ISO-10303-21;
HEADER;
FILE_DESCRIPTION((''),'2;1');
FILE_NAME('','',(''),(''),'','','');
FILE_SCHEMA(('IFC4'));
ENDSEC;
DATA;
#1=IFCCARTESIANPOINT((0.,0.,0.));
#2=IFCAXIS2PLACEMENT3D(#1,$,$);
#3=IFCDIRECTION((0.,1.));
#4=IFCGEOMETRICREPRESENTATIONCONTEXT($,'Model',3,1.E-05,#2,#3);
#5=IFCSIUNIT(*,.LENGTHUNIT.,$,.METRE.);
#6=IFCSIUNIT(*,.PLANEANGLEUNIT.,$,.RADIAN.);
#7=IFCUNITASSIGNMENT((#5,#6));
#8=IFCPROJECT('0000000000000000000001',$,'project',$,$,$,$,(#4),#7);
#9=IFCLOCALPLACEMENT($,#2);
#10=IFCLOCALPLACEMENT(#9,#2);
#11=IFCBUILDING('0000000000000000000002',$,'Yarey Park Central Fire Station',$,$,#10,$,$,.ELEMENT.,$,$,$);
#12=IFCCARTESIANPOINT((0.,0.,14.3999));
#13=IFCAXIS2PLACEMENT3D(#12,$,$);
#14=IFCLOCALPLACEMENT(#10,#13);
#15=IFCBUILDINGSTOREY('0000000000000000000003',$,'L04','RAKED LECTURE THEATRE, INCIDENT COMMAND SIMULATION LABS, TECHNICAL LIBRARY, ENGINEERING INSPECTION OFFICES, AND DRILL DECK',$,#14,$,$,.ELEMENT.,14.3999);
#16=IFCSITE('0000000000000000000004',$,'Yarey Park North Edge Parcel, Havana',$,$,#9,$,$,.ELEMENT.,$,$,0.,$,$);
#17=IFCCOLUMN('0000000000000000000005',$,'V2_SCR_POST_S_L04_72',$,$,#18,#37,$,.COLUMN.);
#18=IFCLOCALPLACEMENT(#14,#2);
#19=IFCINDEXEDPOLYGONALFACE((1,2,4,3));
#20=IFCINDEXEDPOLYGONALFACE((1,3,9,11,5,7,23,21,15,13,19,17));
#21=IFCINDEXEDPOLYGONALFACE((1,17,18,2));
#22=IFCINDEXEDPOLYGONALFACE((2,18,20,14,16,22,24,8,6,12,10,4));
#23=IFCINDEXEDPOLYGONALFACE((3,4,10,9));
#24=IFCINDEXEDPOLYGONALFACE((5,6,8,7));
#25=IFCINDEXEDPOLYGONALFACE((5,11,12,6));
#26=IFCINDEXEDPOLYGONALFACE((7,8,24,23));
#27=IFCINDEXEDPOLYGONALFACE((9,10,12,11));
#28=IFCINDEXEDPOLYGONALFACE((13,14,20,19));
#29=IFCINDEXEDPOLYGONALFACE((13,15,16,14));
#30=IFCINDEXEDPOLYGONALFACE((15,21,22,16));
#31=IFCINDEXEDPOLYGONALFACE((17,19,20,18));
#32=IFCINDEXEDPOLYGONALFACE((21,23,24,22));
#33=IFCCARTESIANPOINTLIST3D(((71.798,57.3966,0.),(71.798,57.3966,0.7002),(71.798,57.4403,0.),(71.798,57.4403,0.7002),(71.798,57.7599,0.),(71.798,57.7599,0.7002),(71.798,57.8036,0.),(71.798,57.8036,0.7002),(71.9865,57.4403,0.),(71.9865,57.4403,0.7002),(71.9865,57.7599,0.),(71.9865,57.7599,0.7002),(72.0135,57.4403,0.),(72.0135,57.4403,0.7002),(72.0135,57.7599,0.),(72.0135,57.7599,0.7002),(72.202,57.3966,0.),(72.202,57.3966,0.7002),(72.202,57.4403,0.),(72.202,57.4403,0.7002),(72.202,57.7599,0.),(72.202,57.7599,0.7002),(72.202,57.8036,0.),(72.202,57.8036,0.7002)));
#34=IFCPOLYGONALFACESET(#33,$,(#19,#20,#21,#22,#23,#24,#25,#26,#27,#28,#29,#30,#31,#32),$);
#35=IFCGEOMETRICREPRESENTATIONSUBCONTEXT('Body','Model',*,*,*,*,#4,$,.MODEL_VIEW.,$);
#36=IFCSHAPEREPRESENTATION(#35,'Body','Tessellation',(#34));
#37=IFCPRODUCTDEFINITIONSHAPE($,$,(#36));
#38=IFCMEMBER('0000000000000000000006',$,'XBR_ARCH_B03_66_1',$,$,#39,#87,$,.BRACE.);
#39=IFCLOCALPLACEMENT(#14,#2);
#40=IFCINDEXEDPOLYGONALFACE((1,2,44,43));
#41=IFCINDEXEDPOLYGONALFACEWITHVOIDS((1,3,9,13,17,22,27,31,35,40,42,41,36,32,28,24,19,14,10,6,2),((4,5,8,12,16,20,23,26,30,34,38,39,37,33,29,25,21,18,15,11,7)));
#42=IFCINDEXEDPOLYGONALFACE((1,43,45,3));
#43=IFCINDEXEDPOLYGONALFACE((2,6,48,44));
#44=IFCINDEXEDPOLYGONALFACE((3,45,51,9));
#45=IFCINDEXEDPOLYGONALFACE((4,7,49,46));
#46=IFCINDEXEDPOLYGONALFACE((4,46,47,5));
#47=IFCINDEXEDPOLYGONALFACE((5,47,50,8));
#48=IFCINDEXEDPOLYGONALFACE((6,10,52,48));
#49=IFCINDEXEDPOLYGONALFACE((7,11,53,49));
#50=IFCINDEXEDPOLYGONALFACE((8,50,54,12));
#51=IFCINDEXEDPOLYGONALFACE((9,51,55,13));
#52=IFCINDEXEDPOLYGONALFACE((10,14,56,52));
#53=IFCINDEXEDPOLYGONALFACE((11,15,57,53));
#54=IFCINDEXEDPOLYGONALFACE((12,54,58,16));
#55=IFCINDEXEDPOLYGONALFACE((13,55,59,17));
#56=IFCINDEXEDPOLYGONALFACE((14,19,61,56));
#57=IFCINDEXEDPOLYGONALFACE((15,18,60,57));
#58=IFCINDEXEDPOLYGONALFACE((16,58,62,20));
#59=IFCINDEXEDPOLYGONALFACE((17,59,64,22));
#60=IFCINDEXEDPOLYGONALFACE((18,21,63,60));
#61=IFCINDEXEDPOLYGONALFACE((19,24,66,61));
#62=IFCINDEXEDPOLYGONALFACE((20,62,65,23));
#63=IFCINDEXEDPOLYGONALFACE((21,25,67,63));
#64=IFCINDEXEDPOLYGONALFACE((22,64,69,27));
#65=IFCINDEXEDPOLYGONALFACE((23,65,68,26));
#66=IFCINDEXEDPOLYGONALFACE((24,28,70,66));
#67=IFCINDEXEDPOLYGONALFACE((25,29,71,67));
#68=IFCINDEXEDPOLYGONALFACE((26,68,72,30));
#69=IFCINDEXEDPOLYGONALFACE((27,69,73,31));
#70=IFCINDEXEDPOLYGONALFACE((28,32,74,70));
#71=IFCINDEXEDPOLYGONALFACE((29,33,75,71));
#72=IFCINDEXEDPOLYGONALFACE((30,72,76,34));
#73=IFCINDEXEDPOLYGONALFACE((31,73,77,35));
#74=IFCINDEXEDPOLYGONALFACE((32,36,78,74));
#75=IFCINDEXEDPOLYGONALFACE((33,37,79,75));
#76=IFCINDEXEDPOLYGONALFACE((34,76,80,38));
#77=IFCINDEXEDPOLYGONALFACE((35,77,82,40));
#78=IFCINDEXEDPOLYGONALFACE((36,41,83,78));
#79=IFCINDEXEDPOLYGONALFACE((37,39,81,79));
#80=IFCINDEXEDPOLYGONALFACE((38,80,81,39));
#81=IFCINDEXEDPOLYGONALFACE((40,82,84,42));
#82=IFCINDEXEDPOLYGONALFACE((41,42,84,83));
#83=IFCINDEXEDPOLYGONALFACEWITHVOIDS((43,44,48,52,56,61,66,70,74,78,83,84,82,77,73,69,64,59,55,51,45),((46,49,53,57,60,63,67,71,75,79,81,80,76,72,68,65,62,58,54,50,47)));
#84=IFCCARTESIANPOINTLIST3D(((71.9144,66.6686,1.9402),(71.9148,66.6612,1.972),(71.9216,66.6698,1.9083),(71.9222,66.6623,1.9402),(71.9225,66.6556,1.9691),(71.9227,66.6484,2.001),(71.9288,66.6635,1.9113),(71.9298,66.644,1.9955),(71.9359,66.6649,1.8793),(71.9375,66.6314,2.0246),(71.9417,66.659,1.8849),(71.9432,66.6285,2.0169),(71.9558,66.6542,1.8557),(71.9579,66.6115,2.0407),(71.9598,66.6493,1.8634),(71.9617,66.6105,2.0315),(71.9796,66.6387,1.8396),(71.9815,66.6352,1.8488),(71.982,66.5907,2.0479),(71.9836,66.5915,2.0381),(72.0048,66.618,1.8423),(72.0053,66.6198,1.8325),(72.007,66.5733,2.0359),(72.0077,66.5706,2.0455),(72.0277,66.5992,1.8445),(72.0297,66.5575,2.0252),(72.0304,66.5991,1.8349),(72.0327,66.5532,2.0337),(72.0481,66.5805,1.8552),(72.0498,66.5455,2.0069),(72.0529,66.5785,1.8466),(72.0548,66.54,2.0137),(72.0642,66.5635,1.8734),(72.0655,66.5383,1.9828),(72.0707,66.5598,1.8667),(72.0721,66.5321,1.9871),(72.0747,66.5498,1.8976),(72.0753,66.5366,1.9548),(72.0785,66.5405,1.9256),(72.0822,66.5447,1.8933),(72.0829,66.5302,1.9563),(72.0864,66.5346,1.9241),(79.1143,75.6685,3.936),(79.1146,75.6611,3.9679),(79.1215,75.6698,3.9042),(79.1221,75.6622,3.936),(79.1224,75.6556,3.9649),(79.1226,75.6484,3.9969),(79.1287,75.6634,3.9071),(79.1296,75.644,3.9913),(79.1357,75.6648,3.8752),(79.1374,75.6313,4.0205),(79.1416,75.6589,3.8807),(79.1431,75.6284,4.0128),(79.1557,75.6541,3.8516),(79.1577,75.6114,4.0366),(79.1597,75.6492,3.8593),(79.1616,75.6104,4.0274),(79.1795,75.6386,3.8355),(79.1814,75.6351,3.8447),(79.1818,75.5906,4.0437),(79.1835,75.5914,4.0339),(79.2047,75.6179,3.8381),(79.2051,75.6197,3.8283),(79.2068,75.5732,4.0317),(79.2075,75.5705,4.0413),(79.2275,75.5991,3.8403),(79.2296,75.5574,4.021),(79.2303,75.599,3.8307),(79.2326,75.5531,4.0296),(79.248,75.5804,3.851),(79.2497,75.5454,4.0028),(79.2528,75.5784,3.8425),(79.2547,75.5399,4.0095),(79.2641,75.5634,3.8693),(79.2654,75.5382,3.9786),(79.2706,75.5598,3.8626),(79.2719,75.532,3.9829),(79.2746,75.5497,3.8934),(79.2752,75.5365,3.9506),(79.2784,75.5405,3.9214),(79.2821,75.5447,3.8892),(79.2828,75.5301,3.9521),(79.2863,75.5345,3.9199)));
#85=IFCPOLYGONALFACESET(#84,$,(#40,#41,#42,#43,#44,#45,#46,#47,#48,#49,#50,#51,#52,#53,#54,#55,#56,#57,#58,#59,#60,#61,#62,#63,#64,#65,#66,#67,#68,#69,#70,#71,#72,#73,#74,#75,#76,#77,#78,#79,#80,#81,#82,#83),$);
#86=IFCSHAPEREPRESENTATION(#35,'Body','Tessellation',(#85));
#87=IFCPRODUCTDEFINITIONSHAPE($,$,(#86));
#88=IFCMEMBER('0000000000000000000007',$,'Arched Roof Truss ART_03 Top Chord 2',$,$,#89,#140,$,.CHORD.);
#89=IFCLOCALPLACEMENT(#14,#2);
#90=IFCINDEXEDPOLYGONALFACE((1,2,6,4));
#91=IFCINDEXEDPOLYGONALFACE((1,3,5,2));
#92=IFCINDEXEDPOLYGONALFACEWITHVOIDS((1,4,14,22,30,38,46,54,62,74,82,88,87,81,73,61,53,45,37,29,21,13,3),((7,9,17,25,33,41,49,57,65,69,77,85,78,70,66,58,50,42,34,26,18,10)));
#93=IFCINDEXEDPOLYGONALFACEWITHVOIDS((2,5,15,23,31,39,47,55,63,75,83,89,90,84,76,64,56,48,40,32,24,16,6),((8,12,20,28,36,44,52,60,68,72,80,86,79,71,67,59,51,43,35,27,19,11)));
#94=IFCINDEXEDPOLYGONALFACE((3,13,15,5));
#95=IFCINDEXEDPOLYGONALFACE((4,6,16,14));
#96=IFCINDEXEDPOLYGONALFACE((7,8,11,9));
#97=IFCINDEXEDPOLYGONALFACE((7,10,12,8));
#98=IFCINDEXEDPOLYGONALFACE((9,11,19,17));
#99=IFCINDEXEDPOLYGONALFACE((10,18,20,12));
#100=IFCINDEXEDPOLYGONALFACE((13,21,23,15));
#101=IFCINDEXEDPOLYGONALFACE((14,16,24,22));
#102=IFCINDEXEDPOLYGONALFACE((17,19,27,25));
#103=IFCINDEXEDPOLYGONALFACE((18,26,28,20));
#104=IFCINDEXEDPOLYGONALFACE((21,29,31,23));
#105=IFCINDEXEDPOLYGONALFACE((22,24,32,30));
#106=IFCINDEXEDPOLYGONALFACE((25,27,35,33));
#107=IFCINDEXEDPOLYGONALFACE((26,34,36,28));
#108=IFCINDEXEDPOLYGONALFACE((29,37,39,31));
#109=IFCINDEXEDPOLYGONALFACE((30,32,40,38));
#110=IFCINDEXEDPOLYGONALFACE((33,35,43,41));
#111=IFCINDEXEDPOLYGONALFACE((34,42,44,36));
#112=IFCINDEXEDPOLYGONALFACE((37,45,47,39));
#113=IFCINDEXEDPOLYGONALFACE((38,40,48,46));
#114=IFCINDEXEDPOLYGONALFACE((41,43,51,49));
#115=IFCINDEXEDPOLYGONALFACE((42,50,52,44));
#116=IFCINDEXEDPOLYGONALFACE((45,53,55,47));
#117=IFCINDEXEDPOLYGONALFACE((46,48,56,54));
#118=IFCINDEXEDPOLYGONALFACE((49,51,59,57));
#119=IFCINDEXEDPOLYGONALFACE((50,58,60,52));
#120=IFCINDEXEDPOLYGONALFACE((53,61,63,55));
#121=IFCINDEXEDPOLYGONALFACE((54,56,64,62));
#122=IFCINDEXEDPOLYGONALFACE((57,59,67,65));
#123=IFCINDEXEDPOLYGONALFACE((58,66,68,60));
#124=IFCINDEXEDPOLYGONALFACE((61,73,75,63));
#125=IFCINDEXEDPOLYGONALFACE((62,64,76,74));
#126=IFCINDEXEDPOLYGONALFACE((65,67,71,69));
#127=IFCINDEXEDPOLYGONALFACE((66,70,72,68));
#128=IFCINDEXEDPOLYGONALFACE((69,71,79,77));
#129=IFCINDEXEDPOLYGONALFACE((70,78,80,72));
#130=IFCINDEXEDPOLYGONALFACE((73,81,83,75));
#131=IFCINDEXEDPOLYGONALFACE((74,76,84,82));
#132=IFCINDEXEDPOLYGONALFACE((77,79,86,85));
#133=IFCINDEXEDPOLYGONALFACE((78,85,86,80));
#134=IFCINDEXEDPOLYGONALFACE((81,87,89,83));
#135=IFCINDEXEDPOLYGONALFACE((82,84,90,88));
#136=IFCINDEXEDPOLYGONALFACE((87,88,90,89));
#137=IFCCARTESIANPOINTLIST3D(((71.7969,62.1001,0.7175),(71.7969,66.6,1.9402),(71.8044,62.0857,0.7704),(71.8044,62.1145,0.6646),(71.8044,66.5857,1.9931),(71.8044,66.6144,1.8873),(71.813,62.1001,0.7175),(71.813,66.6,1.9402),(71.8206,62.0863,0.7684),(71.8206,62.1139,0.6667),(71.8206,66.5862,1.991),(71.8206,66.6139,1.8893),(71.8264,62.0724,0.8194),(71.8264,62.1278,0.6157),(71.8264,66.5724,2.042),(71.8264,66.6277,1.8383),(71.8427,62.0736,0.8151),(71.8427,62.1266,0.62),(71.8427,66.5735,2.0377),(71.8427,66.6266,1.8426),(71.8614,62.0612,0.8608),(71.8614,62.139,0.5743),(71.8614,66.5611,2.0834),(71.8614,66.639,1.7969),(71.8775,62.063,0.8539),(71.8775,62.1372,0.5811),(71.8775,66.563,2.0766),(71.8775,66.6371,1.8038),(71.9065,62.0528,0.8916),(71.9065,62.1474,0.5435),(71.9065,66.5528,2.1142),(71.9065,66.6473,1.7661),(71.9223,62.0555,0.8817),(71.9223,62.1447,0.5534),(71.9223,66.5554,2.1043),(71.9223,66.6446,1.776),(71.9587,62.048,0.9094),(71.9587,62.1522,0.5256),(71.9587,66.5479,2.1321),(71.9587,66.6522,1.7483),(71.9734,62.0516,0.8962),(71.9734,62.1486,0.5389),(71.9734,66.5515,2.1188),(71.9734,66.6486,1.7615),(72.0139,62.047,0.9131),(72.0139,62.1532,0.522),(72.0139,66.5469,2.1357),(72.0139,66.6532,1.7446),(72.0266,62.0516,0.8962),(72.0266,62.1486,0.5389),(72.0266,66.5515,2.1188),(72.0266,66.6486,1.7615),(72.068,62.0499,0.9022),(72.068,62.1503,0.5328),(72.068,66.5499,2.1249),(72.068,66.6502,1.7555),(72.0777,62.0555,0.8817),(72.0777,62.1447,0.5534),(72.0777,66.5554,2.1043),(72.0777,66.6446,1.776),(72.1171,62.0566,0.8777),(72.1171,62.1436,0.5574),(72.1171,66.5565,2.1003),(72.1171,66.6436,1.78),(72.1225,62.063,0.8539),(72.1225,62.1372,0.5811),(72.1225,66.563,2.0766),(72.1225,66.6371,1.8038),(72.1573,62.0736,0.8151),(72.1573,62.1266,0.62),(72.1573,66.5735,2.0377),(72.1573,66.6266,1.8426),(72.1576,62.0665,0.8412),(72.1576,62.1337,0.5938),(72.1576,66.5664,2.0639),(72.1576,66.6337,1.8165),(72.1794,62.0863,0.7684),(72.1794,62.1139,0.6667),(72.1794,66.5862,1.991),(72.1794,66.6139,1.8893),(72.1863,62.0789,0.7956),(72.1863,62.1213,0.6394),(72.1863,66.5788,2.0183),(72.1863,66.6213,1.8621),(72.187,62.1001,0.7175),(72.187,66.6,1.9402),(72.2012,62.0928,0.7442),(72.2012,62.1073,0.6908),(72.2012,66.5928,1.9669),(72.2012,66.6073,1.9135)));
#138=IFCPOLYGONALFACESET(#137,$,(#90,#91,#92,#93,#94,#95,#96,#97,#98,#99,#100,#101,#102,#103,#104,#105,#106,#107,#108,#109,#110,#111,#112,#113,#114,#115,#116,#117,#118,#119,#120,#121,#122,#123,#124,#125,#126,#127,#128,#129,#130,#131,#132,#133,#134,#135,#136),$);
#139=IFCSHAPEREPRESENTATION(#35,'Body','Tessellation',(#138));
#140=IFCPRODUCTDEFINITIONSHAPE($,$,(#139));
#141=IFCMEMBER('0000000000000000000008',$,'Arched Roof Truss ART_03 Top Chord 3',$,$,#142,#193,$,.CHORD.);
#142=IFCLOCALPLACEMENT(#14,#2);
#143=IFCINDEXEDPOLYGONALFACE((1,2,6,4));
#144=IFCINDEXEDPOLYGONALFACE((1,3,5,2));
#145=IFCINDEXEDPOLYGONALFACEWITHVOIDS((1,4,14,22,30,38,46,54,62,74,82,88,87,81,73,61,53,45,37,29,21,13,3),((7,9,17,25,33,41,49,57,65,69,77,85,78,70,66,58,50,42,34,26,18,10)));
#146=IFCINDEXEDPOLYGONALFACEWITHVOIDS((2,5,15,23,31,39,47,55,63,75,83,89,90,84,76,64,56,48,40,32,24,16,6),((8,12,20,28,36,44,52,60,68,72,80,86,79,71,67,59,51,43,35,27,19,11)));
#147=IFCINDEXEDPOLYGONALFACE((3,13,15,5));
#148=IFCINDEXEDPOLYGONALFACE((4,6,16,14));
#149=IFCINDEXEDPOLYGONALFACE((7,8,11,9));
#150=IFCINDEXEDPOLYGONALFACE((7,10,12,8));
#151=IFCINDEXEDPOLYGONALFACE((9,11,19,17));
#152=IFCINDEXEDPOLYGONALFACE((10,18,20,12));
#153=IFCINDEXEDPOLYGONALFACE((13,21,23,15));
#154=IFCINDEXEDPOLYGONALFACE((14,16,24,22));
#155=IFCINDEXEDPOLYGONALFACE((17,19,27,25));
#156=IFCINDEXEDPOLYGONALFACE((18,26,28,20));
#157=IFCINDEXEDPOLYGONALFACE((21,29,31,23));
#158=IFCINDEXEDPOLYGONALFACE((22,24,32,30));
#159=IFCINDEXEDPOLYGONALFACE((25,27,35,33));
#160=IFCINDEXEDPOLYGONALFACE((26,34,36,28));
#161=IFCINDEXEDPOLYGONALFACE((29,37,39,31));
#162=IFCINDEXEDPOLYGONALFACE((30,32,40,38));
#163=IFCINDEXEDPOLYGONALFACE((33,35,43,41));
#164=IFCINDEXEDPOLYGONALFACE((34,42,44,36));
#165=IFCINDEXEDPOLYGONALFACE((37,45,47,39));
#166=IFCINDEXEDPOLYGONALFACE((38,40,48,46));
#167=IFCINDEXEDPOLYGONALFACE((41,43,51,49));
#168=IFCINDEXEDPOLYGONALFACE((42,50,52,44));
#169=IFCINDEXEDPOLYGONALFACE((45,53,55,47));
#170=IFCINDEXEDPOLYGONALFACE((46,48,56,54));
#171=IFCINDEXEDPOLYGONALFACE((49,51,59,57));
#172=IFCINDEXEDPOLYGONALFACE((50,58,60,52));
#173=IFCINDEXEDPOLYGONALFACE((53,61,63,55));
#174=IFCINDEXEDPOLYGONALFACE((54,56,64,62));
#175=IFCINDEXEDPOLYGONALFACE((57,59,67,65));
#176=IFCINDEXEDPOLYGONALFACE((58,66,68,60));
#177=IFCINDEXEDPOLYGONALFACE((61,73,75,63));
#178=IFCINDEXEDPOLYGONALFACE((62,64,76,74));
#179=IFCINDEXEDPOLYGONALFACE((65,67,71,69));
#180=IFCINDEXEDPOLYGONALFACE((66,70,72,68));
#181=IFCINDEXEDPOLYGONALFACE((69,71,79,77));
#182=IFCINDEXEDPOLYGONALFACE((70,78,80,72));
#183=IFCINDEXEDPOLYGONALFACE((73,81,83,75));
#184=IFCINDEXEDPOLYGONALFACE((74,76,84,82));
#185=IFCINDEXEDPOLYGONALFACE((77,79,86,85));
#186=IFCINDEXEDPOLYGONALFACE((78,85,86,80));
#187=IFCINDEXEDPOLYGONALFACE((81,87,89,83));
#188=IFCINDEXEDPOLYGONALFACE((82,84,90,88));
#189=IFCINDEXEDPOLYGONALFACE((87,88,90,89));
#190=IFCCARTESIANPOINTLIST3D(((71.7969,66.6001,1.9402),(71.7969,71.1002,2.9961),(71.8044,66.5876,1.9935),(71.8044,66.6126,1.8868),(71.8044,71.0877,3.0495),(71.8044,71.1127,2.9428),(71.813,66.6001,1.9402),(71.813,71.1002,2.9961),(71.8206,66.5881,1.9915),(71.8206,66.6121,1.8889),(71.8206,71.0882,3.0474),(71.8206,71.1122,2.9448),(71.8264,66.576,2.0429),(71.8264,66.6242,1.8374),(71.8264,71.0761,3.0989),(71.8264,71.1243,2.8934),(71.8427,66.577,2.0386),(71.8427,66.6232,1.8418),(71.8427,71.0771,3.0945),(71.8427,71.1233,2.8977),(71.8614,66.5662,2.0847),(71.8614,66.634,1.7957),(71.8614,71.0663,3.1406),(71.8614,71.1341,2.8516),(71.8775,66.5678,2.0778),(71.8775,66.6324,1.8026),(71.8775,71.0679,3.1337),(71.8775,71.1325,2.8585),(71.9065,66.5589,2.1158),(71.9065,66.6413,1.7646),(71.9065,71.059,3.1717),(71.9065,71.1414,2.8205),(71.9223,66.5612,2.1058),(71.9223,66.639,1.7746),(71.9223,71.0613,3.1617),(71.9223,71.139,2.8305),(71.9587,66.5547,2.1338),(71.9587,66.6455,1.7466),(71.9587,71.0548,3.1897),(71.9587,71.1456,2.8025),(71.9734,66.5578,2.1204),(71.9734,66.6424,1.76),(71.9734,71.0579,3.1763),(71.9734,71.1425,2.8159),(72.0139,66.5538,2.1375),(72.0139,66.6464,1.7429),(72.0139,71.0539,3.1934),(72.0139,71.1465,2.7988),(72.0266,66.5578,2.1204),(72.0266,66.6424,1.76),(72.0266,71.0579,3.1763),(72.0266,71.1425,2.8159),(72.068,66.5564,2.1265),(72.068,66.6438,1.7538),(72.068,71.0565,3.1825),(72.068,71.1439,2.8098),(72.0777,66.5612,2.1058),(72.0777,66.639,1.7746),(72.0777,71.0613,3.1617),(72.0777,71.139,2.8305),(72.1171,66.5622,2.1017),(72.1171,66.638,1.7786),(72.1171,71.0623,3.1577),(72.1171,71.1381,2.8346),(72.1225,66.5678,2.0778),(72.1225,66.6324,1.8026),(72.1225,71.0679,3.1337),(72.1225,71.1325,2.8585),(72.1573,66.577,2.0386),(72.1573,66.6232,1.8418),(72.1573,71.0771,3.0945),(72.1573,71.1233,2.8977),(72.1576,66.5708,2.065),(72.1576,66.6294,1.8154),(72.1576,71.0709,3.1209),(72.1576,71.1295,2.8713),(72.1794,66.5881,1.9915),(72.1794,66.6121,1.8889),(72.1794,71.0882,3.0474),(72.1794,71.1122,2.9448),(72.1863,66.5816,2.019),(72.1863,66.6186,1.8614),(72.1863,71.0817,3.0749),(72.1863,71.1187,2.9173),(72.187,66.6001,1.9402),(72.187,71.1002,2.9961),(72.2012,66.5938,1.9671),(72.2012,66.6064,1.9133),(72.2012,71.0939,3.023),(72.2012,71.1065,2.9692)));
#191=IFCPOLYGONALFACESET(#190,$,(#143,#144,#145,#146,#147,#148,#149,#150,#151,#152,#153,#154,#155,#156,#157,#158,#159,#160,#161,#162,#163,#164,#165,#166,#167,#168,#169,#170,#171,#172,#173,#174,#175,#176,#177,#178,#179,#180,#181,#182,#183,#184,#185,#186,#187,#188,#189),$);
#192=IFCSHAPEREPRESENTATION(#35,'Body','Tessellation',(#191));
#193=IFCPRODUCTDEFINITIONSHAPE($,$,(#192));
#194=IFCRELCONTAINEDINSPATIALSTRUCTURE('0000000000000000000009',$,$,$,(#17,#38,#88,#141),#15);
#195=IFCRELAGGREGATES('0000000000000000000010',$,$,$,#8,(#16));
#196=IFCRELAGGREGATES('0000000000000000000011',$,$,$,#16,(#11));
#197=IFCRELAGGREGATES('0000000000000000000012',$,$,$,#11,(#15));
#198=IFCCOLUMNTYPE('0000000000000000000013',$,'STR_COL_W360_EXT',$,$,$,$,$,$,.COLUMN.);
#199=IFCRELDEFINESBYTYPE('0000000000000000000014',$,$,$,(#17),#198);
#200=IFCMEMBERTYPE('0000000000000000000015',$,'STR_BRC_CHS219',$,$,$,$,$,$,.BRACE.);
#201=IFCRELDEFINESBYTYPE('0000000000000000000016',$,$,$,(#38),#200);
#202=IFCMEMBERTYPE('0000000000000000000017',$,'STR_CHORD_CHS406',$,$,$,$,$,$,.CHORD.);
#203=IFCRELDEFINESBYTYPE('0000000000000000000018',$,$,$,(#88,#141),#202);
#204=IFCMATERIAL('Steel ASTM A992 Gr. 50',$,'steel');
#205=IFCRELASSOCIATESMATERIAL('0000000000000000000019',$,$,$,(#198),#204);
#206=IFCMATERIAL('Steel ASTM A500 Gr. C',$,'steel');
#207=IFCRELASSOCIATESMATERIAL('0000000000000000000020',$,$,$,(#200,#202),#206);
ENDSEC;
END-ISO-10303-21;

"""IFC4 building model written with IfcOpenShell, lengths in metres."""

from ifc_helpers import new_model, si_unit, direction, frame, origin, origin_2d, place, context, subcontext, project, spatial, hollow_circle, i_section, extrude, material, material_profile, profile_set, type_object, element, save


model = new_model("IFC4")

# Units and contexts
model_context = context("Model", 3, precision=1e-05, world=origin(), true_north=direction((0.0, 1.0)))
body_context = subcontext(model_context, "Body", "Model", "MODEL_VIEW")
ifc_project = project(units=[si_unit("LENGTHUNIT", "METRE"), si_unit("PLANEANGLEUNIT", "RADIAN")], contexts=[model_context])

# Site, building, storey
site_placement = place(None, origin())
site = spatial("IfcSite", under=ifc_project, at=site_placement, Name="Yarey Park North Edge Parcel, Havana", CompositionType="ELEMENT", RefElevation=0.0)
building_placement = place(site_placement, origin())
building = spatial("IfcBuilding", under=site, at=building_placement, Name="Yarey Park Central Fire Station", CompositionType="ELEMENT")
storey_placement = place(building_placement, frame((0.0, 0.0, 14.3999)))
storey = spatial("IfcBuildingStorey", under=building, at=storey_placement, Name="L04", Description="RAKED LECTURE THEATRE, INCIDENT COMMAND SIMULATION LABS, TECHNICAL LIBRARY, ENGINEERING INSPECTION OFFICES, AND DRILL DECK", CompositionType="ELEMENT", Elevation=14.3999)

# Column
ifc_material_1 = material(Name="Steel ASTM A992 Gr. 50", Category="steel")
ifc_material_profile_1 = material_profile(ifc_material_1, i_section(OverallWidth=0.4041, OverallDepth=0.407, WebThickness=0.0271, FlangeThickness=0.0437, at=origin_2d()), Name="W360x347")
ifc_profile_set_1 = profile_set([ifc_material_profile_1], Name="Steel ASTM A992 Gr. 50")
column_type = type_object("IfcColumnType", Name="STR_COL_W360_EXT", PredefinedType="COLUMN", material=ifc_profile_set_1)
column_placement = place(storey_placement, frame((72.0, 57.6001, 0.0), z_axis=(0.0, 0.0, 1.0), x_axis=(1.0, 0.0, 0.0)))
element("IfcColumn", 1, at=column_placement, inside=storey, type_object=column_type, Name="V2_SCR_POST_S_L04_72", PredefinedType="COLUMN", context=body_context, shape_type="SweptSolid", body=[
    extrude(i_section(OverallWidth=0.4041, OverallDepth=0.407, WebThickness=0.0271, FlangeThickness=0.0437, at=origin_2d()), origin(), (0.0, 0.0, 1.0), 0.7002),
])

# Members
ifc_material_2 = material(Name="Steel ASTM A500 Gr. C", Category="steel")
ifc_material_profile_2 = material_profile(ifc_material_2, hollow_circle(Radius=0.1096, WallThickness=0.01, at=origin_2d()), Name="CHS 219.1x10")
ifc_profile_set_2 = profile_set([ifc_material_profile_2], Name="Steel ASTM A500 Gr. C")
member_type_1 = type_object("IfcMemberType", Name="STR_BRC_CHS219", PredefinedType="BRACE", material=ifc_profile_set_2)
member_1_placement = place(storey_placement, frame((72.0, 66.6001, 1.9402), z_axis=(0.615532, 0.76942, 0.170627), x_axis=(-0.780871, 0.624692, 0.0)))
element("IfcMember", 2, at=member_1_placement, inside=storey, type_object=member_type_1, Name="XBR_ARCH_B03_66_1", PredefinedType="BRACE", context=body_context, shape_type="SweptSolid", body=[
    extrude(hollow_circle(Radius=0.1096, WallThickness=0.01, at=origin_2d()), origin(), (0.0, 0.0, 1.0), 11.697),
])
ifc_material_profile_3 = material_profile(ifc_material_2, hollow_circle(Radius=0.2031, WallThickness=0.0161, at=origin_2d()), Name="CHS 406.4x16")
ifc_profile_set_3 = profile_set([ifc_material_profile_3], Name="Steel ASTM A500 Gr. C")
member_type_2 = type_object("IfcMemberType", Name="STR_CHORD_CHS406", PredefinedType="CHORD", material=ifc_profile_set_3)
member_2_placement = place(storey_placement, frame((72.0, 62.1001, 0.7175), z_axis=(0.0, 0.965015, 0.262196), x_axis=(-1.0, 0.0, 0.0)))
element("IfcMember", 3, at=member_2_placement, inside=storey, type_object=member_type_2, Name="Arched Roof Truss ART_03 Top Chord 2", PredefinedType="CHORD", context=body_context, shape_type="SweptSolid", body=[
    extrude(hollow_circle(Radius=0.2031, WallThickness=0.0161, at=origin_2d()), origin(), (0.0, 0.0, 1.0), 4.6631),
])
member_3_placement = place(storey_placement, frame((72.0, 66.6001, 1.9402), z_axis=(0.0, 0.973558, 0.228442), x_axis=(-1.0, 0.0, 0.0)))
element("IfcMember", 4, at=member_3_placement, inside=storey, type_object=member_type_2, Name="Arched Roof Truss ART_03 Top Chord 3", PredefinedType="CHORD", context=body_context, shape_type="SweptSolid", body=[
    extrude(hollow_circle(Radius=0.2031, WallThickness=0.0161, at=origin_2d()), origin(), (0.0, 0.0, 1.0), 4.6223),
])

save(model, "model.ifc")
